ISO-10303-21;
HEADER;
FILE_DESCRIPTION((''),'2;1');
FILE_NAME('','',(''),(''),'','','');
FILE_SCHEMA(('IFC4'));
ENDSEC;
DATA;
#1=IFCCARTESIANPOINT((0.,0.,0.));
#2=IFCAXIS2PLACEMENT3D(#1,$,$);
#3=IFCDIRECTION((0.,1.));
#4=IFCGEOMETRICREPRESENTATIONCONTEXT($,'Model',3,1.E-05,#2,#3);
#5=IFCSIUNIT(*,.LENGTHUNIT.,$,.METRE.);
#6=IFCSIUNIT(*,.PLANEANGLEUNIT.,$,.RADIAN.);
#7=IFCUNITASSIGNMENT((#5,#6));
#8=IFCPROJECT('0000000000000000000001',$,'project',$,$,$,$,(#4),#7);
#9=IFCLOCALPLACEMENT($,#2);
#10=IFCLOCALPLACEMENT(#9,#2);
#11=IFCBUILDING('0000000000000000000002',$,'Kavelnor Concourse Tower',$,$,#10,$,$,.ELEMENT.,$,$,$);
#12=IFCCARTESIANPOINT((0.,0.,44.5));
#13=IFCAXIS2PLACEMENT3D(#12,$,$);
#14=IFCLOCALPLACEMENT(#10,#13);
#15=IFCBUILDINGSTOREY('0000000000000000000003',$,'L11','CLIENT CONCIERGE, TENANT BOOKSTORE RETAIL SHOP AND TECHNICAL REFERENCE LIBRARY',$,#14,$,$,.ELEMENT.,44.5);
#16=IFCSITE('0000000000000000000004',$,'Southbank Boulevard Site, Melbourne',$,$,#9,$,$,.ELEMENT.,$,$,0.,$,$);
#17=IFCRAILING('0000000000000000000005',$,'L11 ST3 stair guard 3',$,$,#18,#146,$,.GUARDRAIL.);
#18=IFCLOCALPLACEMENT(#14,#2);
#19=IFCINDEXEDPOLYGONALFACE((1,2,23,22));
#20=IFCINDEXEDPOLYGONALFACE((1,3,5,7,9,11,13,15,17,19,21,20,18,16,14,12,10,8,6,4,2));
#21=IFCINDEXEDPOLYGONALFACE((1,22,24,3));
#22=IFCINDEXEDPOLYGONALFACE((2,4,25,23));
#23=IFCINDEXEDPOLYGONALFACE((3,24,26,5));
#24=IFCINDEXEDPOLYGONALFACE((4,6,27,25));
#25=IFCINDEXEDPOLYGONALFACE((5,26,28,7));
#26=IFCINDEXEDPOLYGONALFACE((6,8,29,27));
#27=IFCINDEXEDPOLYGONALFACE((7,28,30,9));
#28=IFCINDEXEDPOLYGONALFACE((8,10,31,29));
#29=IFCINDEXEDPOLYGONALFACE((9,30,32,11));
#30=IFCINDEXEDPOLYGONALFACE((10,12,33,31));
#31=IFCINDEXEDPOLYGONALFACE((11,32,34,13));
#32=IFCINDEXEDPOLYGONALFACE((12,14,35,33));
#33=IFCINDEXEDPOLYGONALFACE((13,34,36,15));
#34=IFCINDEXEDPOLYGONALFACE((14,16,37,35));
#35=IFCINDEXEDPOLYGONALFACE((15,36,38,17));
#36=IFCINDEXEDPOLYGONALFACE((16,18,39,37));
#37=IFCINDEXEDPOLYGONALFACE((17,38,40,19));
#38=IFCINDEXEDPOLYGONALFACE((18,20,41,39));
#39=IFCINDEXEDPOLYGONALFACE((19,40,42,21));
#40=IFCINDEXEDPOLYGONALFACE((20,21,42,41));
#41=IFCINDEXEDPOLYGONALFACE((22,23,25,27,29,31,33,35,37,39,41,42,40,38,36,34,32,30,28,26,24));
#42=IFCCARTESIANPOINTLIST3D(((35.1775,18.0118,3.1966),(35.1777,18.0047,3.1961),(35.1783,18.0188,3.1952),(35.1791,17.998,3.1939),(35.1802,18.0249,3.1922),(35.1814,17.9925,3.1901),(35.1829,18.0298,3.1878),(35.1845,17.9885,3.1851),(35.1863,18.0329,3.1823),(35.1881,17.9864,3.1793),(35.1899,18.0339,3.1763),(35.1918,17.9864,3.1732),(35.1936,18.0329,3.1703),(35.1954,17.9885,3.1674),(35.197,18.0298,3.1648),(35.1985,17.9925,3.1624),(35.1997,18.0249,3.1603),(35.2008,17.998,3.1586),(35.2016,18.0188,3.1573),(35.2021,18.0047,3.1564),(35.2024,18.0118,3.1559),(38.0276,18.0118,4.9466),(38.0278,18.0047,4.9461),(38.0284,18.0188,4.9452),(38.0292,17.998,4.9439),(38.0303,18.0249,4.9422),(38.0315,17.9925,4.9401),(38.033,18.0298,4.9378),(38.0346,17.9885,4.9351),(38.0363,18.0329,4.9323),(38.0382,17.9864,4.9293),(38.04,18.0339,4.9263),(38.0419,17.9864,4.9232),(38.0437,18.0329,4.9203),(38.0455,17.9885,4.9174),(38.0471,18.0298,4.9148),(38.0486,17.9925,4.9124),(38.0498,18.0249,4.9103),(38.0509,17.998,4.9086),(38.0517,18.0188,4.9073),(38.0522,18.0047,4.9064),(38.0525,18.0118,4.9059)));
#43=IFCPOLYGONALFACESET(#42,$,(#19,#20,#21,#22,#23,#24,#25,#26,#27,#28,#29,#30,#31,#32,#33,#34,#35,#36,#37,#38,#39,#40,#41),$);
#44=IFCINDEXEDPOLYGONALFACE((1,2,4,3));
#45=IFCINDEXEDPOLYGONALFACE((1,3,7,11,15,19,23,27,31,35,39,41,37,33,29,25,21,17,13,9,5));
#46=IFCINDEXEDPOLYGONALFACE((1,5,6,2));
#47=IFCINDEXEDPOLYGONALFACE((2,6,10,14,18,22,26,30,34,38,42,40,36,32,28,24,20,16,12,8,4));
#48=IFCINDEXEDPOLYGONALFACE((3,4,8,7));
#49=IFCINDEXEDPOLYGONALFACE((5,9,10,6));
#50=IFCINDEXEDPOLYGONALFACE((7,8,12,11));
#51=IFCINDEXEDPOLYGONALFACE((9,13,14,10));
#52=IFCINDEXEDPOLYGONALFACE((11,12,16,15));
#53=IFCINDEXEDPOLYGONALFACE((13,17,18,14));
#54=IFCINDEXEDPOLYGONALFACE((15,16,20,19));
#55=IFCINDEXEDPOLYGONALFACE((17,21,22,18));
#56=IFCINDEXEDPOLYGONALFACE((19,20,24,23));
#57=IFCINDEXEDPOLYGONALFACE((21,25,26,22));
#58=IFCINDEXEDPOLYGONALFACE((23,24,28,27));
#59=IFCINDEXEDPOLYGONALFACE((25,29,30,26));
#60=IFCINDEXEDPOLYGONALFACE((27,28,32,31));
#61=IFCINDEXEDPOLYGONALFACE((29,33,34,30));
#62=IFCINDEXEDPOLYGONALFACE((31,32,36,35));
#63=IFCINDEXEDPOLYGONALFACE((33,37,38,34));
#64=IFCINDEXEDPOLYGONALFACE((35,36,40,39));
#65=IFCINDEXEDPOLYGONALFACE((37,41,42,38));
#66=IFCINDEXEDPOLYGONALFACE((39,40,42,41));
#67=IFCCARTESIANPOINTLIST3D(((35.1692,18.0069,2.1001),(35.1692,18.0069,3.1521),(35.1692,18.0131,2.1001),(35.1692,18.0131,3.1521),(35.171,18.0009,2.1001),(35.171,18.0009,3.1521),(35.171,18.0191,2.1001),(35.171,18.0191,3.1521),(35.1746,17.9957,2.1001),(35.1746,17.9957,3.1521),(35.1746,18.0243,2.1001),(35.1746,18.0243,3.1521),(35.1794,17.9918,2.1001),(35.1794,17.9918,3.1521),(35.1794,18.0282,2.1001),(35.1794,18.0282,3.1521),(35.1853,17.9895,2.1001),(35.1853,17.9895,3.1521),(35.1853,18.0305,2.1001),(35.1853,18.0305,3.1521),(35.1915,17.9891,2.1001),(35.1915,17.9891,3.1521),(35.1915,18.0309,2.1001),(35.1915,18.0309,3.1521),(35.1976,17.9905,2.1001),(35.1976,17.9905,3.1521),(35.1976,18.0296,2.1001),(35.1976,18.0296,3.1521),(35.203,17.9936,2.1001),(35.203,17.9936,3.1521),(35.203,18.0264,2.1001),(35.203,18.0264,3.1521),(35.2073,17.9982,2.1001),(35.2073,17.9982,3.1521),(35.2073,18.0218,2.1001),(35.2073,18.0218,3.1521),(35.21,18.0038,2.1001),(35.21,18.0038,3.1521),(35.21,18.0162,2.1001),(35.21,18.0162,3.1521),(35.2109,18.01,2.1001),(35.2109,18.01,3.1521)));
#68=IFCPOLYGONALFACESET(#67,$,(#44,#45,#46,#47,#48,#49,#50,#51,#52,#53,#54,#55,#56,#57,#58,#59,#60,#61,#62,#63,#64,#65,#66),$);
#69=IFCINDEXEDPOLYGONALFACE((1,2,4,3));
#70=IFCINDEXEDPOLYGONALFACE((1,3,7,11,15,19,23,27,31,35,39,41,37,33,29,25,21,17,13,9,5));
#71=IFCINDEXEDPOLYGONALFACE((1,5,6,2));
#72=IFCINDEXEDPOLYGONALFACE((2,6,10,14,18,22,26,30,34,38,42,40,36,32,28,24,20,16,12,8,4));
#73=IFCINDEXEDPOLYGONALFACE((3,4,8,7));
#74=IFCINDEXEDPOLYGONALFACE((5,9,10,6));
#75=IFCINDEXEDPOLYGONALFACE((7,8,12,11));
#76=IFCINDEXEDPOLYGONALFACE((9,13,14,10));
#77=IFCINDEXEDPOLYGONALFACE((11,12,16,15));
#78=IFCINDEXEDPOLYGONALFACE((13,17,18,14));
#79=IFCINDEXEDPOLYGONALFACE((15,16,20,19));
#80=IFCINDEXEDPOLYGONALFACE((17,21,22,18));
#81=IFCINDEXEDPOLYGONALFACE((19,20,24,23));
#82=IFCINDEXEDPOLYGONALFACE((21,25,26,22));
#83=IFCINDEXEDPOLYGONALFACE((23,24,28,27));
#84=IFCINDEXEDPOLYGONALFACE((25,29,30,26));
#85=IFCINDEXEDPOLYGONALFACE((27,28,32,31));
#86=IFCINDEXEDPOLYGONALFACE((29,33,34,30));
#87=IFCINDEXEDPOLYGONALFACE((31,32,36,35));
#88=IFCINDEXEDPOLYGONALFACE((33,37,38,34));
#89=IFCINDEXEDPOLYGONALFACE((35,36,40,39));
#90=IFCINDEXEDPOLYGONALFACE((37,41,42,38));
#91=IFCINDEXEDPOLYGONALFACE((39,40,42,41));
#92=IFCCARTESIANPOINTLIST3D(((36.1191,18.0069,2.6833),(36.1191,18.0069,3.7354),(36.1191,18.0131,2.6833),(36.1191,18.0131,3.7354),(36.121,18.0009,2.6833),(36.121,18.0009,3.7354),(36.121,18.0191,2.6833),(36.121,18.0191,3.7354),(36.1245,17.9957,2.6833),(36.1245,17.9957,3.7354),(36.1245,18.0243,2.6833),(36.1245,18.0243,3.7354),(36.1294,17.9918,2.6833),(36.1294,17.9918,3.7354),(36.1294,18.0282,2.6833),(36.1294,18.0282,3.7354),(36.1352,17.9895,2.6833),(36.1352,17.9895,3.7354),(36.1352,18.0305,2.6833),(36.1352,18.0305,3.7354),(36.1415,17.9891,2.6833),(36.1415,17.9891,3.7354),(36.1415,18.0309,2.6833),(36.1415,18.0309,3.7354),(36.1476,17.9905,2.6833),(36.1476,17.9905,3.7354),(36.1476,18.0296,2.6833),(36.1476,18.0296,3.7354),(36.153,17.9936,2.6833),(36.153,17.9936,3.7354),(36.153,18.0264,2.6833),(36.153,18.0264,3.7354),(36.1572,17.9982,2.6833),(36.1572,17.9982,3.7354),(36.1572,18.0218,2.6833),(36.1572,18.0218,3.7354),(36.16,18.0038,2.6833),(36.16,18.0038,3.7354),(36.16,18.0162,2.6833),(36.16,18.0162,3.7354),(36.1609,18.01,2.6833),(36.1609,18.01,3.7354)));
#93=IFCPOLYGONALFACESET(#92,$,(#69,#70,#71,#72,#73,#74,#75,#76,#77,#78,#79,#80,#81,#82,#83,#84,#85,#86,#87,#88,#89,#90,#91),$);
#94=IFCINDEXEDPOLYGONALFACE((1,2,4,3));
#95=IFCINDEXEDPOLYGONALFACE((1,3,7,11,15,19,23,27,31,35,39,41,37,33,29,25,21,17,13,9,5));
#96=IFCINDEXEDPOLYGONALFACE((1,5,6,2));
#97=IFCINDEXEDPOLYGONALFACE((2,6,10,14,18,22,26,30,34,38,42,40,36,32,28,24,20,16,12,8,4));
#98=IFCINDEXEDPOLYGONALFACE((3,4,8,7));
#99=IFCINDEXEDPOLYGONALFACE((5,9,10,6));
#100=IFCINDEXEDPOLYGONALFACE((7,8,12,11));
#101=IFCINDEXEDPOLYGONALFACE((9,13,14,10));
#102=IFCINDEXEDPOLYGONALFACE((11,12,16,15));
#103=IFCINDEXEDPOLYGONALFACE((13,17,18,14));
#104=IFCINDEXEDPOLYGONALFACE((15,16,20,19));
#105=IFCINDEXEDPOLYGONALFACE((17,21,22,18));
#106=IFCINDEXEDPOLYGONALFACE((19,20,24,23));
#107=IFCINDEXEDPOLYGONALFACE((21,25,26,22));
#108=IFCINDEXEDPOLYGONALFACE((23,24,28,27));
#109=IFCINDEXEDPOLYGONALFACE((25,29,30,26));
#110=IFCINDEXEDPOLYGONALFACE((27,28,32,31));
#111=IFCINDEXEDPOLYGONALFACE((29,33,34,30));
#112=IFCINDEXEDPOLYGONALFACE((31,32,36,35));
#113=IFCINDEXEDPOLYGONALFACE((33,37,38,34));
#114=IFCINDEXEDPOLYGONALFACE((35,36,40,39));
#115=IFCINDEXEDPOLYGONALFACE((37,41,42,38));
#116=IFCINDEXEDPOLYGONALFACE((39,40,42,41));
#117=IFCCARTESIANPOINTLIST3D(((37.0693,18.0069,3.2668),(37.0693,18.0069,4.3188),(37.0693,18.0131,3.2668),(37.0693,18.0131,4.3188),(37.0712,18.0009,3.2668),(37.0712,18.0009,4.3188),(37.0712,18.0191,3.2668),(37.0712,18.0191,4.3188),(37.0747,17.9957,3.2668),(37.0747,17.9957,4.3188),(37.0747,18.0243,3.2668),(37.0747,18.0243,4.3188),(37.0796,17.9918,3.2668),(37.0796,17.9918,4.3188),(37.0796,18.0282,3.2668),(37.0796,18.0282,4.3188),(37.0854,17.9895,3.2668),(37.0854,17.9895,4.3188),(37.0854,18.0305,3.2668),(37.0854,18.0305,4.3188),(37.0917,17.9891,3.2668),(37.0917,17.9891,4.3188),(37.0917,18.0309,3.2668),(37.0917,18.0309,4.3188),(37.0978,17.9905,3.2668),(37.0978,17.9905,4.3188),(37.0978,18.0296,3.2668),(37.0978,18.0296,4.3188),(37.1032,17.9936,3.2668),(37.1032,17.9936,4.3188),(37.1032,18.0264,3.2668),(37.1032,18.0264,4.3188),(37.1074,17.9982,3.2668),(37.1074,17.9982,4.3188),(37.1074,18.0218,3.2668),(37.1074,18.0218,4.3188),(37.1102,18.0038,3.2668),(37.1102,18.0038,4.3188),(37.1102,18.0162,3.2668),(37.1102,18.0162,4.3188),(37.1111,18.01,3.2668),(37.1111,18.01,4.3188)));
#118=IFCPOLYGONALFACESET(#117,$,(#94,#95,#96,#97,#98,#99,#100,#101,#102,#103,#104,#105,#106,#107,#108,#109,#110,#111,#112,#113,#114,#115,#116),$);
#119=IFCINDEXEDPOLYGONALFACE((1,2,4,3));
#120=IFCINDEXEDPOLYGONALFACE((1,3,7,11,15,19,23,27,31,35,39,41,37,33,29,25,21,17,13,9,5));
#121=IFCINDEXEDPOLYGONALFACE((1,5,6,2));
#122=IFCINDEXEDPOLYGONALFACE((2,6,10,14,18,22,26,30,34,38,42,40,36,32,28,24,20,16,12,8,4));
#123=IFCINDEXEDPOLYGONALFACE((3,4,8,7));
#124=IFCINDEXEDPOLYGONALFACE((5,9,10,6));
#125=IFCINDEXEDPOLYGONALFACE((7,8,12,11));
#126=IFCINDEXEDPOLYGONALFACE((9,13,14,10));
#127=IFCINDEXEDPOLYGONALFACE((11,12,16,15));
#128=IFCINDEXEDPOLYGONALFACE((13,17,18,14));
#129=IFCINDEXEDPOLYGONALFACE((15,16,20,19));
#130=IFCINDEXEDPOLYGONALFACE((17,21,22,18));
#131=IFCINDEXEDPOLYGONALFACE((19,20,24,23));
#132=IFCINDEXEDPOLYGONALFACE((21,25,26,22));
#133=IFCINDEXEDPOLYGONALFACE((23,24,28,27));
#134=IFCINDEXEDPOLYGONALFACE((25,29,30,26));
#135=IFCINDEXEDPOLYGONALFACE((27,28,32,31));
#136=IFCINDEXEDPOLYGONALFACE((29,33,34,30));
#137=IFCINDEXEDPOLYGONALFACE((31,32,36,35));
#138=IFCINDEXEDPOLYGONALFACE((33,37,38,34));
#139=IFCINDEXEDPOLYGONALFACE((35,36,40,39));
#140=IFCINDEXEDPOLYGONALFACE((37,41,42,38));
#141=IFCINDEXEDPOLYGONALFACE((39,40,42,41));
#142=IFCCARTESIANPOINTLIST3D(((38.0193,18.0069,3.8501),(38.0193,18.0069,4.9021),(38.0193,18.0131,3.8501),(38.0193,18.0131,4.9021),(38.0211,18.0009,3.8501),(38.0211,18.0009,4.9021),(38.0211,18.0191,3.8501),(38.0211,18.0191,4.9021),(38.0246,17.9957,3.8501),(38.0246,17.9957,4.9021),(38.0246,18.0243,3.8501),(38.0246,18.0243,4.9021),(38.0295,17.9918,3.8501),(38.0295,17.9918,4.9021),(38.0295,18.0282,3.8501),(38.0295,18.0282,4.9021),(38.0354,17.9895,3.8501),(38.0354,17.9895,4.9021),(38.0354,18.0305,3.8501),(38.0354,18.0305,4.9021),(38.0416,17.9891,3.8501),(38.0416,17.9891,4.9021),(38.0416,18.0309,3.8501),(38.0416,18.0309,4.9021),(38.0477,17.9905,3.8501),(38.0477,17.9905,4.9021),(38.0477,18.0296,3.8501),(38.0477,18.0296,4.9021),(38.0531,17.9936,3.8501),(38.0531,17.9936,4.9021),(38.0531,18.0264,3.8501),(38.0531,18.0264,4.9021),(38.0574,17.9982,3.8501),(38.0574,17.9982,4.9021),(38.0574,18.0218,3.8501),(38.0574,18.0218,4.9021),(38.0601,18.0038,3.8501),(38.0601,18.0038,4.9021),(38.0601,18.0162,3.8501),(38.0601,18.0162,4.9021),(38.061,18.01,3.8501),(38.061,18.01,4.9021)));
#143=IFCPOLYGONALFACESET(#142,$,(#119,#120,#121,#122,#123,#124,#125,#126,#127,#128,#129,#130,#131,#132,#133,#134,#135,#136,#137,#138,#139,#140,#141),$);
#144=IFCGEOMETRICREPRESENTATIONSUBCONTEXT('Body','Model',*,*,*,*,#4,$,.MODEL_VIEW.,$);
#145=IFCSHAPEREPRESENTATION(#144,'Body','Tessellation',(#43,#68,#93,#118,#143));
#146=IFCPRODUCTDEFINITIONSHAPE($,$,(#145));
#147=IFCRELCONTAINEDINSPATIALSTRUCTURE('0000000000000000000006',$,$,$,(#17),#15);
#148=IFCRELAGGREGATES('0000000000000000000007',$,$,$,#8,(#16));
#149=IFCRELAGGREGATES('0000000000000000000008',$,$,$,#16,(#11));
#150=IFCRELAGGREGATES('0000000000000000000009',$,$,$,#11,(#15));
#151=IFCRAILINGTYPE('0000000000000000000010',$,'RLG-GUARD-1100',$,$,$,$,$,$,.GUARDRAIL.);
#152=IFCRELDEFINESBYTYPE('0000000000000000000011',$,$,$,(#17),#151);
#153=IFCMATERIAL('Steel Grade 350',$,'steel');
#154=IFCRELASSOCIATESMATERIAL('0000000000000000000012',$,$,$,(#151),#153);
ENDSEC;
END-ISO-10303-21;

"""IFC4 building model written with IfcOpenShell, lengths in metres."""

from ifc_helpers import new_model, si_unit, direction, frame, origin, origin_2d, place, context, subcontext, project, spatial, circle, extrude, material, type_object, element, save


model = new_model("IFC4")

# Units and contexts
model_context = context("Model", 3, precision=1e-05, world=origin(), true_north=direction((0.0, 1.0)))
body_context = subcontext(model_context, "Body", "Model", "MODEL_VIEW")
ifc_project = project(units=[si_unit("LENGTHUNIT", "METRE"), si_unit("PLANEANGLEUNIT", "RADIAN")], contexts=[model_context])

# Site, building, storey
site_placement = place(None, origin())
site = spatial("IfcSite", under=ifc_project, at=site_placement, Name="Southbank Boulevard Site, Melbourne", CompositionType="ELEMENT", RefElevation=0.0)
building_placement = place(site_placement, origin())
building = spatial("IfcBuilding", under=site, at=building_placement, Name="Kavelnor Concourse Tower", CompositionType="ELEMENT")
storey_placement = place(building_placement, frame((0.0, 0.0, 44.5)))
storey = spatial("IfcBuildingStorey", under=building, at=storey_placement, Name="L11", Description="CLIENT CONCIERGE, TENANT BOOKSTORE RETAIL SHOP AND TECHNICAL REFERENCE LIBRARY", CompositionType="ELEMENT", Elevation=44.5)

# Shared definitions
ifc_material_1 = material(Name="Steel Grade 350", Category="steel")

# Railing
railing_type_1 = type_object("IfcRailingType", Name="RLG-GUARD-1100", PredefinedType="GUARDRAIL", material=ifc_material_1)
railing_1_placement = place(storey_placement, frame((35.1899, 18.01, 2.1001)))
element("IfcRailing", 1, at=railing_1_placement, inside=storey, type_object=railing_type_1, Name="L11 ST3 stair guard 3", PredefinedType="GUARDRAIL", context=body_context, shape_type="SweptSolid", body=[
    extrude(circle(Radius=0.0239, at=origin_2d()), frame((0.0, 0.0, 1.0762), z_axis=(0.852179, 0.0, 0.52325), x_axis=(0.0, 1.0, 0.0)), (0.0, 0.0, 1.0), 3.3445),
    extrude(circle(Radius=0.021, at=origin_2d()), origin(), (0.0, 0.0, 1.0), 1.052),
    extrude(circle(Radius=0.021, at=origin_2d()), frame((0.95, 0.0, 0.5833)), (0.0, 0.0, 1.0), 1.052),
    extrude(circle(Radius=0.021, at=origin_2d()), frame((1.9001, 0.0, 1.1667)), (0.0, 0.0, 1.0), 1.052),
    extrude(circle(Radius=0.021, at=origin_2d()), frame((2.8501, 0.0, 1.75)), (0.0, 0.0, 1.0), 1.052),
])

save(model, "model.ifc")
